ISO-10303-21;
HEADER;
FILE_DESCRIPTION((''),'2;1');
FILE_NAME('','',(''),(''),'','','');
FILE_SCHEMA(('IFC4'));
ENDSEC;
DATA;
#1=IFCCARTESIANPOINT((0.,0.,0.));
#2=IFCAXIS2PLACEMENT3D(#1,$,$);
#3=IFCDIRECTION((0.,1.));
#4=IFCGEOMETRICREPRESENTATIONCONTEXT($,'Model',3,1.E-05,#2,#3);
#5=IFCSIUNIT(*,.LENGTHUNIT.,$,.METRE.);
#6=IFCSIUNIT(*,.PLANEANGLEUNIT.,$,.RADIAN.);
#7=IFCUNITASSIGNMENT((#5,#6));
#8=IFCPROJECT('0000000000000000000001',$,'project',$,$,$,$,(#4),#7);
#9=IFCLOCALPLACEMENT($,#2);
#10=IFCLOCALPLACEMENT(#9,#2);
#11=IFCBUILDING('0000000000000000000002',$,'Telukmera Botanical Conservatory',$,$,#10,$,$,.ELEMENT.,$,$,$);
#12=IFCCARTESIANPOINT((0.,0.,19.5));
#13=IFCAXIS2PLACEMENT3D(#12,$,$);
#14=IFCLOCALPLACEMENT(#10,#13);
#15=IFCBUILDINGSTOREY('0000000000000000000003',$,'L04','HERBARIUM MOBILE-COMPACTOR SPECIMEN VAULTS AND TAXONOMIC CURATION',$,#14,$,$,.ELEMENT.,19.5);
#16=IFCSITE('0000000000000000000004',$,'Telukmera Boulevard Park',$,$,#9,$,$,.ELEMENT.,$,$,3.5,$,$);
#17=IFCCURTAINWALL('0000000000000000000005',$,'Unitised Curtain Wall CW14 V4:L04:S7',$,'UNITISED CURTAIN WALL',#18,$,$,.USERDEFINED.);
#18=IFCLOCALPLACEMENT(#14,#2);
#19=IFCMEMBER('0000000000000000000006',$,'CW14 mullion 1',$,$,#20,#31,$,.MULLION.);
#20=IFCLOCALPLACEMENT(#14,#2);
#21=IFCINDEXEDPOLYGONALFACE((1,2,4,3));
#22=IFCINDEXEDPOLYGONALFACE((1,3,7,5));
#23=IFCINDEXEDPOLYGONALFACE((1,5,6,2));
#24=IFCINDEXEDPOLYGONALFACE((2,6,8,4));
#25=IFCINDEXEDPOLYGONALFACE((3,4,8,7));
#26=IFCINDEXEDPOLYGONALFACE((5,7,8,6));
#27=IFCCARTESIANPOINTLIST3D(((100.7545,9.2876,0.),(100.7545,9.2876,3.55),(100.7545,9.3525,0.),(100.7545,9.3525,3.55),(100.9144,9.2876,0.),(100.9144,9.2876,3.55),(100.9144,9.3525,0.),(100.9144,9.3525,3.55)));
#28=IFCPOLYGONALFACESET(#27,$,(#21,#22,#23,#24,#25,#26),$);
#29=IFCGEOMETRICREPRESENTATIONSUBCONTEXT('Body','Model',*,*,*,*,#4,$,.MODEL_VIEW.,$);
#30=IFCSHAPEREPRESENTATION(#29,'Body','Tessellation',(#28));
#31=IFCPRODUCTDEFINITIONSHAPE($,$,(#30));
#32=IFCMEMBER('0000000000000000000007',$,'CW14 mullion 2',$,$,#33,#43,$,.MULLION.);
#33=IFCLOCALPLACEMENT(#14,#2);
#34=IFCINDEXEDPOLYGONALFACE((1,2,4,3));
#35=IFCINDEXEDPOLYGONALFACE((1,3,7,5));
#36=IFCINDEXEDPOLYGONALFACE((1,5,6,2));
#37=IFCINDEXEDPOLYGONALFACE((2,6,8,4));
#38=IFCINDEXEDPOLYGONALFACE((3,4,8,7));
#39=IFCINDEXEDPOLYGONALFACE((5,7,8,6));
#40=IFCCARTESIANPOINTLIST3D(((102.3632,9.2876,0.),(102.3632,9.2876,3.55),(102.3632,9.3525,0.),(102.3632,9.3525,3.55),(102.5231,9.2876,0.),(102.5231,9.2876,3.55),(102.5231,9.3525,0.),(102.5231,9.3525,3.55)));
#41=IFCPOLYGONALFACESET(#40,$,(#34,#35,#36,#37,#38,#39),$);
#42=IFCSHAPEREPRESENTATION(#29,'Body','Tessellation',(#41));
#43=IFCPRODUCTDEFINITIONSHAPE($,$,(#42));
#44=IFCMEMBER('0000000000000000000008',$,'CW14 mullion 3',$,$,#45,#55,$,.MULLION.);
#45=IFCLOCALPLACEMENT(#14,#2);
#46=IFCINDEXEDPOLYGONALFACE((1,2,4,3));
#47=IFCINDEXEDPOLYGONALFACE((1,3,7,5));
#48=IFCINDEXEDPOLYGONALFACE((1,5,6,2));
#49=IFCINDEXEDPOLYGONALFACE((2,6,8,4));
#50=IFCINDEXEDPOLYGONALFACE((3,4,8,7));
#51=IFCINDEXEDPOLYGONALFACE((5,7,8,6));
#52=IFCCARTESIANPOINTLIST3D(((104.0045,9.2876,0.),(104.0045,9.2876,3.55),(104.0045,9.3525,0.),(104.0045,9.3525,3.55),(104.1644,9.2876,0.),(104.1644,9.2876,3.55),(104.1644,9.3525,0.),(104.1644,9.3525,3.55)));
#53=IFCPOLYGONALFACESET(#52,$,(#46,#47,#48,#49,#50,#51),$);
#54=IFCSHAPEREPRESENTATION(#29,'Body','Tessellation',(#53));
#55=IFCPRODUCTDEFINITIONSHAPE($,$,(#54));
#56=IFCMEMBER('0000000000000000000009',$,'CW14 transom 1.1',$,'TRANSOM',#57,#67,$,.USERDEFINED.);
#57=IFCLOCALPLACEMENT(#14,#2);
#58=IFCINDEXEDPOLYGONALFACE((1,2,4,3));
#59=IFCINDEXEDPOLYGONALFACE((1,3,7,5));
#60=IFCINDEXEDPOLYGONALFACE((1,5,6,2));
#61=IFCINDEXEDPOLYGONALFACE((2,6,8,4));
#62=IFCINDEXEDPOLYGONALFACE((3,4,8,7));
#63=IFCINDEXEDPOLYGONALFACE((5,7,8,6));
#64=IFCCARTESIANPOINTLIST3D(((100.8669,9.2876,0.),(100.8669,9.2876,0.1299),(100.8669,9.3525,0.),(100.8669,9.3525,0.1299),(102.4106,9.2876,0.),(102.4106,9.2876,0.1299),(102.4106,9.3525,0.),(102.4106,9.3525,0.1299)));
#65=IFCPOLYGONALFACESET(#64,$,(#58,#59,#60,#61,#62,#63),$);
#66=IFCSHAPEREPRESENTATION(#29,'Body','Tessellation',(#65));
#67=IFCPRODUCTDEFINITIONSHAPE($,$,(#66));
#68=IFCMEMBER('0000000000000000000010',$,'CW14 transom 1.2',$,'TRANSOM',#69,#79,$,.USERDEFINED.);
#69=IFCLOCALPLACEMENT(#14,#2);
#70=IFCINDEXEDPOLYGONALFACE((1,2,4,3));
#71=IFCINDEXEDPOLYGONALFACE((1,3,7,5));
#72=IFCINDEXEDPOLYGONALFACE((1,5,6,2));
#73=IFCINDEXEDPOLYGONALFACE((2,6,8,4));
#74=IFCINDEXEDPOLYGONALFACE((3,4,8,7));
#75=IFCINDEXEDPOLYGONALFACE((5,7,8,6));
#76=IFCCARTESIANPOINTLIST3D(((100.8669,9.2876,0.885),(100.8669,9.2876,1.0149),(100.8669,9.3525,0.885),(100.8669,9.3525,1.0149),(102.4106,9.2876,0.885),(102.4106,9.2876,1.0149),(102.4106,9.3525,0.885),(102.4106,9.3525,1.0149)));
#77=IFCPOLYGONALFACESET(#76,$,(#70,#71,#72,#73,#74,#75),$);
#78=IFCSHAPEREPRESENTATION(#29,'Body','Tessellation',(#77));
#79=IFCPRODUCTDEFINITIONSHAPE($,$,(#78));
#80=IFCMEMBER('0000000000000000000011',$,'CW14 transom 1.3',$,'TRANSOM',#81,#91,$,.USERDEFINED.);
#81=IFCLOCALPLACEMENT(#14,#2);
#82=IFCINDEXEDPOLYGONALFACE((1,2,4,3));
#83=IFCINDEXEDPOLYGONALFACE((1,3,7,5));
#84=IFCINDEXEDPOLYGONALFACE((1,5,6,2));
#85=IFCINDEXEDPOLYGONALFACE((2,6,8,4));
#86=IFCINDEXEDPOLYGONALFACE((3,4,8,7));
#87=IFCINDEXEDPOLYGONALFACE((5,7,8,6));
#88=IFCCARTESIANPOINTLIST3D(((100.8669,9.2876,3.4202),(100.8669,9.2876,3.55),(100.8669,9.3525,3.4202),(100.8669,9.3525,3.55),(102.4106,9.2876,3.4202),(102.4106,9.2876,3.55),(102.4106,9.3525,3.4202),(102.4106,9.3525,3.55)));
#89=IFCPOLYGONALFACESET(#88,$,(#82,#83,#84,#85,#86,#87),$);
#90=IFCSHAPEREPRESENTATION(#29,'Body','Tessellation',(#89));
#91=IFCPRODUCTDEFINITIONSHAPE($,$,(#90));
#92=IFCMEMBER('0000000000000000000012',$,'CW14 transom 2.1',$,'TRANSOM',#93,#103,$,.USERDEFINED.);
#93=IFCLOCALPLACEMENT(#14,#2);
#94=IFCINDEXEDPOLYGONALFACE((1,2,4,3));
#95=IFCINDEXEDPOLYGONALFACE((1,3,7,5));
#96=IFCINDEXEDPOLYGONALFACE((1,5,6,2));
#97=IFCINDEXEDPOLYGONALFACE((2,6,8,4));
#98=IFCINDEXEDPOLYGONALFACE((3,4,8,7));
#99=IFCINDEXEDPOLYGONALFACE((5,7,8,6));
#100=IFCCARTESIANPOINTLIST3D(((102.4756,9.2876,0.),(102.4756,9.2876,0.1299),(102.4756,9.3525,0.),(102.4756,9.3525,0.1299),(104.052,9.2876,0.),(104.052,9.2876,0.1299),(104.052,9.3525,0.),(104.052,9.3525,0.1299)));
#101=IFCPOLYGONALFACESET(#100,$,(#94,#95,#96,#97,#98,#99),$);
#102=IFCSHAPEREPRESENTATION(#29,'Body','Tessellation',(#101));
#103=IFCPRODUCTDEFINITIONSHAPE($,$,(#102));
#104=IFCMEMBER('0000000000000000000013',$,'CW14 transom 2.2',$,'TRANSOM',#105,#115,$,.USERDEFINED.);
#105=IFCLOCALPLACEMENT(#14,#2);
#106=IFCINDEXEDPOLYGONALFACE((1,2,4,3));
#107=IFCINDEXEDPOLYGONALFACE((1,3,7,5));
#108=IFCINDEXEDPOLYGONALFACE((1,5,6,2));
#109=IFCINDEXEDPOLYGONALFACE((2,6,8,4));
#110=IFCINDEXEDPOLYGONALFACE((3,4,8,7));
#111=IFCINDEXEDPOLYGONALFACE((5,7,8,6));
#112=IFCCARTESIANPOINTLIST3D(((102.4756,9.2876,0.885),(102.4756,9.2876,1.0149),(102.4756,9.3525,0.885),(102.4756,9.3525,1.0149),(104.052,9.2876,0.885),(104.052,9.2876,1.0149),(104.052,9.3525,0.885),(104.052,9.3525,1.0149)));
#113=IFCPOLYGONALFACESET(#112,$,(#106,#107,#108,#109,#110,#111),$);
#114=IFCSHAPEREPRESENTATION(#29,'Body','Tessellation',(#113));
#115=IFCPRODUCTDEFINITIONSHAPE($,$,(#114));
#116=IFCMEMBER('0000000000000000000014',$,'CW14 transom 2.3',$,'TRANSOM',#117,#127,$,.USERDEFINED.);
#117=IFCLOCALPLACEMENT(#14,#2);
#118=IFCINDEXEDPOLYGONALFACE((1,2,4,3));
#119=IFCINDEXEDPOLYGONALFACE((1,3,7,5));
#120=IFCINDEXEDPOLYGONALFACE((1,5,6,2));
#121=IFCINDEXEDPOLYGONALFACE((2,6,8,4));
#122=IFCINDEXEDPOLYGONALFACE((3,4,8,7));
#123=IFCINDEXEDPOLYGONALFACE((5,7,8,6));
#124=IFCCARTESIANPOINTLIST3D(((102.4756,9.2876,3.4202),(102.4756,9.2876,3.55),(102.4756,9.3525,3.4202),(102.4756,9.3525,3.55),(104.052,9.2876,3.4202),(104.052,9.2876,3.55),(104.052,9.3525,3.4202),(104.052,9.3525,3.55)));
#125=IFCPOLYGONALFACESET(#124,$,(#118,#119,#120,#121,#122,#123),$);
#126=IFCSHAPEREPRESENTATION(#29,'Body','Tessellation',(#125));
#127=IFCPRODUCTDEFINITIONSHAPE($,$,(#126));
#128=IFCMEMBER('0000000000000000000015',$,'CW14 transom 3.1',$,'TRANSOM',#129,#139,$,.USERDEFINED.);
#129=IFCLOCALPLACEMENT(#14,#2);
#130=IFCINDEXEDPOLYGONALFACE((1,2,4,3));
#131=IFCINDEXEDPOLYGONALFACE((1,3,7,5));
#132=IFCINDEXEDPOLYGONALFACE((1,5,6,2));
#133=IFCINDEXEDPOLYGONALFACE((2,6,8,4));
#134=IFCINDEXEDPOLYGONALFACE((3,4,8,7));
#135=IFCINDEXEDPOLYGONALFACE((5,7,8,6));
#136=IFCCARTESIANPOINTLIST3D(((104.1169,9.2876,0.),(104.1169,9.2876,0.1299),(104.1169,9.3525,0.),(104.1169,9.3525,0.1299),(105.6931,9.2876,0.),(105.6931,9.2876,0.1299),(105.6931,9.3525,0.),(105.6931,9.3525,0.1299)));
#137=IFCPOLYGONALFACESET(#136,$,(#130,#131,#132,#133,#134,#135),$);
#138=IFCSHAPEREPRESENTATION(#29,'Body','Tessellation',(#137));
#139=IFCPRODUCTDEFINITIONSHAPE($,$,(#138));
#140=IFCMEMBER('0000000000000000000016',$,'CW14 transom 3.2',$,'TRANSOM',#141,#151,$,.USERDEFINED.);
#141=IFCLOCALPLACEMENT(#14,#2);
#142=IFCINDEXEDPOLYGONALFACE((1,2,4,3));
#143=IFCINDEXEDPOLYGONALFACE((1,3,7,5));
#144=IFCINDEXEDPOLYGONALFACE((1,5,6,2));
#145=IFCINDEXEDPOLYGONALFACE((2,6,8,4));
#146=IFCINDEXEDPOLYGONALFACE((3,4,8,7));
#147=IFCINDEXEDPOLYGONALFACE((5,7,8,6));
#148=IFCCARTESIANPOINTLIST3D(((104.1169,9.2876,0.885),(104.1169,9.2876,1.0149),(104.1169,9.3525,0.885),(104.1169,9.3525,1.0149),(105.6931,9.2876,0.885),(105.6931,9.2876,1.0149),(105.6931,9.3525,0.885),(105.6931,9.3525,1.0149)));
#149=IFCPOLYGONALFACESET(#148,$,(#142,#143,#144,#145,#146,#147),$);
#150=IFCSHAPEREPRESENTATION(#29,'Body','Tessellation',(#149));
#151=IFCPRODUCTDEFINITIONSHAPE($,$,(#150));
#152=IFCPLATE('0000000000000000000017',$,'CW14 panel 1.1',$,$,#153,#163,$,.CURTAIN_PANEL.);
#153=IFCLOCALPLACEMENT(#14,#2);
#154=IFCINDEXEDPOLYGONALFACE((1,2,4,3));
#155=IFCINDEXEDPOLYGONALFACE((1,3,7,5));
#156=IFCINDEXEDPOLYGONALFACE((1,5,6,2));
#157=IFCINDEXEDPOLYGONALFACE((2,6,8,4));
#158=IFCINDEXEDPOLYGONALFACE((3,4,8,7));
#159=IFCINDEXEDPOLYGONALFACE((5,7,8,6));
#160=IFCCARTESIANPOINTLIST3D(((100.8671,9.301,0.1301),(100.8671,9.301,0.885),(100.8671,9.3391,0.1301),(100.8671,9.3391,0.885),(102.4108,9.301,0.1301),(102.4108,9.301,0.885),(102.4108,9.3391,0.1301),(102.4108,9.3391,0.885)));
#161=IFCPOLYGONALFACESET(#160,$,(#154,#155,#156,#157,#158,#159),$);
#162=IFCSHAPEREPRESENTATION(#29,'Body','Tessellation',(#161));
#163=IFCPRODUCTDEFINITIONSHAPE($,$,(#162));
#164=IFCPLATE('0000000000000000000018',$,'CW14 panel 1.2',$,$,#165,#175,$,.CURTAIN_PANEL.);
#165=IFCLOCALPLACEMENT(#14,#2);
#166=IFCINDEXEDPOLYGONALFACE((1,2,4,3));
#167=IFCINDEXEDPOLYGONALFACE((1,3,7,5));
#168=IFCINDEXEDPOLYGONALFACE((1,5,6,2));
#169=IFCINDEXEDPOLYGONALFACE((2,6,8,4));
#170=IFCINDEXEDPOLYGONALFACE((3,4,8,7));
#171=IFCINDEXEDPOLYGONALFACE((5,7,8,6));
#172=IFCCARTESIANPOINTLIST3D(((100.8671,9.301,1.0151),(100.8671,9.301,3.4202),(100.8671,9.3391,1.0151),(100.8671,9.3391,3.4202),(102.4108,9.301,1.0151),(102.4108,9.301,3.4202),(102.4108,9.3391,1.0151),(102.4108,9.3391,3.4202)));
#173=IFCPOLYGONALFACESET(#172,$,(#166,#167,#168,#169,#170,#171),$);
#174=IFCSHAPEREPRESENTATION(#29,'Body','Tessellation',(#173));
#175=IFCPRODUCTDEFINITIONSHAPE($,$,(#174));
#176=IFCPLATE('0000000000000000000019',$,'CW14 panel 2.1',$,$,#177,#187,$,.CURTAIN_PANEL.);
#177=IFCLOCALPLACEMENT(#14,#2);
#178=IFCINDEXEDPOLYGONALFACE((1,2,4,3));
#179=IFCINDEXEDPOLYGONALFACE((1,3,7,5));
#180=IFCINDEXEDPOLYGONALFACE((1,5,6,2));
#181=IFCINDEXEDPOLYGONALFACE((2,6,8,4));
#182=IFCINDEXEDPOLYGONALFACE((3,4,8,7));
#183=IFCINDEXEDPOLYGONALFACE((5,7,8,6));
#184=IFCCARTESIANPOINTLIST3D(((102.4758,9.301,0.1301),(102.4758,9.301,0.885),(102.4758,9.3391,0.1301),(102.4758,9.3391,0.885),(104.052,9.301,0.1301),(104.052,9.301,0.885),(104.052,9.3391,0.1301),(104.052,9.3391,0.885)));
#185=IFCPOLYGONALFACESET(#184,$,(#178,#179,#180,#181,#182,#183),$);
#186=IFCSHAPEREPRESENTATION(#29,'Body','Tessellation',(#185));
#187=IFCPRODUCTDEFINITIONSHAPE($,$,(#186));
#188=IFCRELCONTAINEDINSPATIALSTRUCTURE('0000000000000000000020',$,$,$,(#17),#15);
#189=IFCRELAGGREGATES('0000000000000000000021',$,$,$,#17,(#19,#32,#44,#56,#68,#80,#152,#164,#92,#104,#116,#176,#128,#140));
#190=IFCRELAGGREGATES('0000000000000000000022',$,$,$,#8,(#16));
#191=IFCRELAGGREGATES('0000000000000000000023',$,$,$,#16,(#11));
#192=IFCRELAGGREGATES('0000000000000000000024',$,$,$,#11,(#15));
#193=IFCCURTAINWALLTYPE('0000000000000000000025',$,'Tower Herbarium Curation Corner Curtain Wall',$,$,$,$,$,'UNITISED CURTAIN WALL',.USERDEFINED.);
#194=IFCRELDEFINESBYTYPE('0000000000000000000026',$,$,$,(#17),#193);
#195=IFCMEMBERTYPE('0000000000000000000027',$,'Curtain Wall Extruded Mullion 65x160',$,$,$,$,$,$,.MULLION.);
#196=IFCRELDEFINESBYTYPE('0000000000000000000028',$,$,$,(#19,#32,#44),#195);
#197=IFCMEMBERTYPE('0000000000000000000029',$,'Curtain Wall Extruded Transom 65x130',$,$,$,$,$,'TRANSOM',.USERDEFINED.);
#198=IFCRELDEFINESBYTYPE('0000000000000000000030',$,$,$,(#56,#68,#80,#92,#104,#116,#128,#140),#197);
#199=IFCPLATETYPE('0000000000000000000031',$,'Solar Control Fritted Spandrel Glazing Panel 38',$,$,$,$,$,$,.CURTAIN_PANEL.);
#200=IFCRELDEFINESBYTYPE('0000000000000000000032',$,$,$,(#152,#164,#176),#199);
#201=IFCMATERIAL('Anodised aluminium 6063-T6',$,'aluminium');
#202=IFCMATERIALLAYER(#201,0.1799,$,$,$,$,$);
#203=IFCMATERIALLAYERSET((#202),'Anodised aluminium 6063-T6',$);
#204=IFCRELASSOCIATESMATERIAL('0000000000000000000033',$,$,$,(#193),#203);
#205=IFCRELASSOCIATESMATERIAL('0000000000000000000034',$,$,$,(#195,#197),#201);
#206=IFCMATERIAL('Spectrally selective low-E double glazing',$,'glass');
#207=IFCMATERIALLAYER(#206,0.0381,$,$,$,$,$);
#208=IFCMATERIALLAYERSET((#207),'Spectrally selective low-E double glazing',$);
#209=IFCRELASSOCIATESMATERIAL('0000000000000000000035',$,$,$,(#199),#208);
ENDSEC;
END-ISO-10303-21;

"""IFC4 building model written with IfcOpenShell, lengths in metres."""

from ifc_helpers import new_model, si_unit, direction, frame, origin, origin_2d, place, context, subcontext, project, spatial, rectangle, extrude, material, layer, layer_set, material_profile, profile_set, type_object, element, aggregate, save


model = new_model("IFC4")

# Units and contexts
model_context = context("Model", 3, precision=1e-05, world=origin(), true_north=direction((0.0, 1.0)))
body_context = subcontext(model_context, "Body", "Model", "MODEL_VIEW")
ifc_project = project(units=[si_unit("LENGTHUNIT", "METRE"), si_unit("PLANEANGLEUNIT", "RADIAN")], contexts=[model_context])

# Site, building, storey
site_placement = place(None, origin())
site = spatial("IfcSite", under=ifc_project, at=site_placement, Name="Telukmera Boulevard Park", CompositionType="ELEMENT", RefElevation=3.5)
building_placement = place(site_placement, origin())
building = spatial("IfcBuilding", under=site, at=building_placement, Name="Telukmera Botanical Conservatory", CompositionType="ELEMENT")
storey_placement = place(building_placement, frame((0.0, 0.0, 19.5)))
storey = spatial("IfcBuildingStorey", under=building, at=storey_placement, Name="L04", Description="HERBARIUM MOBILE-COMPACTOR SPECIMEN VAULTS AND TAXONOMIC CURATION", CompositionType="ELEMENT", Elevation=19.5)

# Curtain wall, members, plates
ifc_material_1 = material(Name="Anodised aluminium 6063-T6", Category="aluminium")
ifc_layer_1 = layer(ifc_material_1, 0.1799)
ifc_layer_set_1 = layer_set([ifc_layer_1], Name="Anodised aluminium 6063-T6")
curtain_wall_type = type_object("IfcCurtainWallType", Name="Tower Herbarium Curation Corner Curtain Wall", ElementType="UNITISED CURTAIN WALL", PredefinedType="USERDEFINED", material=ifc_layer_set_1)
curtain_wall_placement = place(storey_placement, origin())
curtain_wall = element("IfcCurtainWall", 1, at=curtain_wall_placement, inside=storey, type_object=curtain_wall_type, Name="Unitised Curtain Wall CW14 V4:L04:S7", ObjectType="UNITISED CURTAIN WALL", PredefinedType="USERDEFINED")
ifc_material_profile_1 = material_profile(ifc_material_1, rectangle(XDim=0.0649, YDim=0.1599, at=origin_2d()), Name="ALU MULL 65x160")
ifc_profile_set_1 = profile_set([ifc_material_profile_1], Name="Anodised aluminium 6063-T6")
member_type_1 = type_object("IfcMemberType", Name="Curtain Wall Extruded Mullion 65x160", PredefinedType="MULLION", material=ifc_profile_set_1)
member_1_placement = place(storey_placement, frame((100.8345, 9.3201, 0.0), z_axis=(0.0, 0.0, 1.0), x_axis=(0.0, 1.0, 0.0)))
member_1 = element("IfcMember", 2, at=member_1_placement, type_object=member_type_1, Name="CW14 mullion 1", PredefinedType="MULLION", context=body_context, shape_type="SweptSolid", body=[
    extrude(rectangle(XDim=0.0649, YDim=0.1599, at=origin_2d()), origin(), (0.0, 0.0, 1.0), 3.55),
])
member_2_placement = place(storey_placement, frame((102.4431, 9.3201, 0.0), z_axis=(0.0, 0.0, 1.0), x_axis=(0.0, 1.0, 0.0)))
member_2 = element("IfcMember", 3, at=member_2_placement, type_object=member_type_1, Name="CW14 mullion 2", PredefinedType="MULLION", context=body_context, shape_type="SweptSolid", body=[
    extrude(rectangle(XDim=0.0649, YDim=0.1599, at=origin_2d()), origin(), (0.0, 0.0, 1.0), 3.55),
])
member_3_placement = place(storey_placement, frame((104.0845, 9.3201, 0.0), z_axis=(0.0, 0.0, 1.0), x_axis=(0.0, 1.0, 0.0)))
member_3 = element("IfcMember", 4, at=member_3_placement, type_object=member_type_1, Name="CW14 mullion 3", PredefinedType="MULLION", context=body_context, shape_type="SweptSolid", body=[
    extrude(rectangle(XDim=0.0649, YDim=0.1599, at=origin_2d()), origin(), (0.0, 0.0, 1.0), 3.55),
])
ifc_material_profile_2 = material_profile(ifc_material_1, rectangle(XDim=0.0649, YDim=0.1299, at=origin_2d()), Name="ALU TRAN 65x130")
ifc_profile_set_2 = profile_set([ifc_material_profile_2], Name="Anodised aluminium 6063-T6")
member_type_2 = type_object("IfcMemberType", Name="Curtain Wall Extruded Transom 65x130", ElementType="TRANSOM", PredefinedType="USERDEFINED", material=ifc_profile_set_2)
member_4_placement = place(storey_placement, frame((100.8669, 9.3201, 0.0649), z_axis=(1.0, 0.0, 0.0), x_axis=(0.0, 1.0, 0.0)))
member_4 = element("IfcMember", 5, at=member_4_placement, type_object=member_type_2, Name="CW14 transom 1.1", ObjectType="TRANSOM", PredefinedType="USERDEFINED", context=body_context, shape_type="SweptSolid", body=[
    extrude(rectangle(XDim=0.0649, YDim=0.1299, at=origin_2d()), origin(), (0.0, 0.0, 1.0), 1.5437),
])
member_5_placement = place(storey_placement, frame((100.8669, 9.3201, 0.95), z_axis=(1.0, 0.0, 0.0), x_axis=(0.0, 1.0, 0.0)))
member_5 = element("IfcMember", 6, at=member_5_placement, type_object=member_type_2, Name="CW14 transom 1.2", ObjectType="TRANSOM", PredefinedType="USERDEFINED", context=body_context, shape_type="SweptSolid", body=[
    extrude(rectangle(XDim=0.0649, YDim=0.1299, at=origin_2d()), origin(), (0.0, 0.0, 1.0), 1.5437),
])
member_6_placement = place(storey_placement, frame((100.8669, 9.3201, 3.4851), z_axis=(1.0, 0.0, 0.0), x_axis=(0.0, 1.0, 0.0)))
member_6 = element("IfcMember", 7, at=member_6_placement, type_object=member_type_2, Name="CW14 transom 1.3", ObjectType="TRANSOM", PredefinedType="USERDEFINED", context=body_context, shape_type="SweptSolid", body=[
    extrude(rectangle(XDim=0.0649, YDim=0.1299, at=origin_2d()), origin(), (0.0, 0.0, 1.0), 1.5437),
])
member_7_placement = place(storey_placement, frame((102.4756, 9.3201, 0.0649), z_axis=(1.0, 0.0, 0.0), x_axis=(0.0, 1.0, 0.0)))
member_7 = element("IfcMember", 8, at=member_7_placement, type_object=member_type_2, Name="CW14 transom 2.1", ObjectType="TRANSOM", PredefinedType="USERDEFINED", context=body_context, shape_type="SweptSolid", body=[
    extrude(rectangle(XDim=0.0649, YDim=0.1299, at=origin_2d()), origin(), (0.0, 0.0, 1.0), 1.5764),
])
member_8_placement = place(storey_placement, frame((102.4756, 9.3201, 0.95), z_axis=(1.0, 0.0, 0.0), x_axis=(0.0, 1.0, 0.0)))
member_8 = element("IfcMember", 9, at=member_8_placement, type_object=member_type_2, Name="CW14 transom 2.2", ObjectType="TRANSOM", PredefinedType="USERDEFINED", context=body_context, shape_type="SweptSolid", body=[
    extrude(rectangle(XDim=0.0649, YDim=0.1299, at=origin_2d()), origin(), (0.0, 0.0, 1.0), 1.5764),
])
member_9_placement = place(storey_placement, frame((102.4756, 9.3201, 3.4851), z_axis=(1.0, 0.0, 0.0), x_axis=(0.0, 1.0, 0.0)))
member_9 = element("IfcMember", 10, at=member_9_placement, type_object=member_type_2, Name="CW14 transom 2.3", ObjectType="TRANSOM", PredefinedType="USERDEFINED", context=body_context, shape_type="SweptSolid", body=[
    extrude(rectangle(XDim=0.0649, YDim=0.1299, at=origin_2d()), origin(), (0.0, 0.0, 1.0), 1.5764),
])
member_10_placement = place(storey_placement, frame((104.1169, 9.3201, 0.0649), z_axis=(1.0, 0.0, 0.0), x_axis=(0.0, 1.0, 0.0)))
member_10 = element("IfcMember", 11, at=member_10_placement, type_object=member_type_2, Name="CW14 transom 3.1", ObjectType="TRANSOM", PredefinedType="USERDEFINED", context=body_context, shape_type="SweptSolid", body=[
    extrude(rectangle(XDim=0.0649, YDim=0.1299, at=origin_2d()), origin(), (0.0, 0.0, 1.0), 1.5762),
])
member_11_placement = place(storey_placement, frame((104.1169, 9.3201, 0.95), z_axis=(1.0, 0.0, 0.0), x_axis=(0.0, 1.0, 0.0)))
member_11 = element("IfcMember", 12, at=member_11_placement, type_object=member_type_2, Name="CW14 transom 3.2", ObjectType="TRANSOM", PredefinedType="USERDEFINED", context=body_context, shape_type="SweptSolid", body=[
    extrude(rectangle(XDim=0.0649, YDim=0.1299, at=origin_2d()), origin(), (0.0, 0.0, 1.0), 1.5762),
])
ifc_material_2 = material(Name="Spectrally selective low-E double glazing", Category="glass")
ifc_layer_2 = layer(ifc_material_2, 0.0381)
ifc_layer_set_2 = layer_set([ifc_layer_2], Name="Spectrally selective low-E double glazing")
plate_type = type_object("IfcPlateType", Name="Solar Control Fritted Spandrel Glazing Panel 38", PredefinedType="CURTAIN_PANEL", material=ifc_layer_set_2)
plate_1_placement = place(storey_placement, frame((101.6389, 9.3201, 0.1301), z_axis=(0.0, 0.0, 1.0), x_axis=(1.0, 0.0, 0.0)))
plate_1 = element("IfcPlate", 13, at=plate_1_placement, type_object=plate_type, Name="CW14 panel 1.1", PredefinedType="CURTAIN_PANEL", context=body_context, shape_type="SweptSolid", body=[
    extrude(rectangle(XDim=1.5437, YDim=0.0381, at=origin_2d()), origin(), (0.0, 0.0, 1.0), 0.7549),
])
plate_2_placement = place(storey_placement, frame((101.6389, 9.3201, 1.0151), z_axis=(0.0, 0.0, 1.0), x_axis=(1.0, 0.0, 0.0)))
plate_2 = element("IfcPlate", 14, at=plate_2_placement, type_object=plate_type, Name="CW14 panel 1.2", PredefinedType="CURTAIN_PANEL", context=body_context, shape_type="SweptSolid", body=[
    extrude(rectangle(XDim=1.5437, YDim=0.0381, at=origin_2d()), origin(), (0.0, 0.0, 1.0), 2.405),
])
plate_3_placement = place(storey_placement, frame((103.2639, 9.3201, 0.1301), z_axis=(0.0, 0.0, 1.0), x_axis=(1.0, 0.0, 0.0)))
plate_3 = element("IfcPlate", 15, at=plate_3_placement, type_object=plate_type, Name="CW14 panel 2.1", PredefinedType="CURTAIN_PANEL", context=body_context, shape_type="SweptSolid", body=[
    extrude(rectangle(XDim=1.5762, YDim=0.0381, at=origin_2d()), origin(), (0.0, 0.0, 1.0), 0.7549),
])
aggregate(curtain_wall, [member_1, member_2, member_3, member_4, member_5, member_6, plate_1, plate_2, member_7, member_8, member_9, plate_3, member_10, member_11])

save(model, "model.ifc")
